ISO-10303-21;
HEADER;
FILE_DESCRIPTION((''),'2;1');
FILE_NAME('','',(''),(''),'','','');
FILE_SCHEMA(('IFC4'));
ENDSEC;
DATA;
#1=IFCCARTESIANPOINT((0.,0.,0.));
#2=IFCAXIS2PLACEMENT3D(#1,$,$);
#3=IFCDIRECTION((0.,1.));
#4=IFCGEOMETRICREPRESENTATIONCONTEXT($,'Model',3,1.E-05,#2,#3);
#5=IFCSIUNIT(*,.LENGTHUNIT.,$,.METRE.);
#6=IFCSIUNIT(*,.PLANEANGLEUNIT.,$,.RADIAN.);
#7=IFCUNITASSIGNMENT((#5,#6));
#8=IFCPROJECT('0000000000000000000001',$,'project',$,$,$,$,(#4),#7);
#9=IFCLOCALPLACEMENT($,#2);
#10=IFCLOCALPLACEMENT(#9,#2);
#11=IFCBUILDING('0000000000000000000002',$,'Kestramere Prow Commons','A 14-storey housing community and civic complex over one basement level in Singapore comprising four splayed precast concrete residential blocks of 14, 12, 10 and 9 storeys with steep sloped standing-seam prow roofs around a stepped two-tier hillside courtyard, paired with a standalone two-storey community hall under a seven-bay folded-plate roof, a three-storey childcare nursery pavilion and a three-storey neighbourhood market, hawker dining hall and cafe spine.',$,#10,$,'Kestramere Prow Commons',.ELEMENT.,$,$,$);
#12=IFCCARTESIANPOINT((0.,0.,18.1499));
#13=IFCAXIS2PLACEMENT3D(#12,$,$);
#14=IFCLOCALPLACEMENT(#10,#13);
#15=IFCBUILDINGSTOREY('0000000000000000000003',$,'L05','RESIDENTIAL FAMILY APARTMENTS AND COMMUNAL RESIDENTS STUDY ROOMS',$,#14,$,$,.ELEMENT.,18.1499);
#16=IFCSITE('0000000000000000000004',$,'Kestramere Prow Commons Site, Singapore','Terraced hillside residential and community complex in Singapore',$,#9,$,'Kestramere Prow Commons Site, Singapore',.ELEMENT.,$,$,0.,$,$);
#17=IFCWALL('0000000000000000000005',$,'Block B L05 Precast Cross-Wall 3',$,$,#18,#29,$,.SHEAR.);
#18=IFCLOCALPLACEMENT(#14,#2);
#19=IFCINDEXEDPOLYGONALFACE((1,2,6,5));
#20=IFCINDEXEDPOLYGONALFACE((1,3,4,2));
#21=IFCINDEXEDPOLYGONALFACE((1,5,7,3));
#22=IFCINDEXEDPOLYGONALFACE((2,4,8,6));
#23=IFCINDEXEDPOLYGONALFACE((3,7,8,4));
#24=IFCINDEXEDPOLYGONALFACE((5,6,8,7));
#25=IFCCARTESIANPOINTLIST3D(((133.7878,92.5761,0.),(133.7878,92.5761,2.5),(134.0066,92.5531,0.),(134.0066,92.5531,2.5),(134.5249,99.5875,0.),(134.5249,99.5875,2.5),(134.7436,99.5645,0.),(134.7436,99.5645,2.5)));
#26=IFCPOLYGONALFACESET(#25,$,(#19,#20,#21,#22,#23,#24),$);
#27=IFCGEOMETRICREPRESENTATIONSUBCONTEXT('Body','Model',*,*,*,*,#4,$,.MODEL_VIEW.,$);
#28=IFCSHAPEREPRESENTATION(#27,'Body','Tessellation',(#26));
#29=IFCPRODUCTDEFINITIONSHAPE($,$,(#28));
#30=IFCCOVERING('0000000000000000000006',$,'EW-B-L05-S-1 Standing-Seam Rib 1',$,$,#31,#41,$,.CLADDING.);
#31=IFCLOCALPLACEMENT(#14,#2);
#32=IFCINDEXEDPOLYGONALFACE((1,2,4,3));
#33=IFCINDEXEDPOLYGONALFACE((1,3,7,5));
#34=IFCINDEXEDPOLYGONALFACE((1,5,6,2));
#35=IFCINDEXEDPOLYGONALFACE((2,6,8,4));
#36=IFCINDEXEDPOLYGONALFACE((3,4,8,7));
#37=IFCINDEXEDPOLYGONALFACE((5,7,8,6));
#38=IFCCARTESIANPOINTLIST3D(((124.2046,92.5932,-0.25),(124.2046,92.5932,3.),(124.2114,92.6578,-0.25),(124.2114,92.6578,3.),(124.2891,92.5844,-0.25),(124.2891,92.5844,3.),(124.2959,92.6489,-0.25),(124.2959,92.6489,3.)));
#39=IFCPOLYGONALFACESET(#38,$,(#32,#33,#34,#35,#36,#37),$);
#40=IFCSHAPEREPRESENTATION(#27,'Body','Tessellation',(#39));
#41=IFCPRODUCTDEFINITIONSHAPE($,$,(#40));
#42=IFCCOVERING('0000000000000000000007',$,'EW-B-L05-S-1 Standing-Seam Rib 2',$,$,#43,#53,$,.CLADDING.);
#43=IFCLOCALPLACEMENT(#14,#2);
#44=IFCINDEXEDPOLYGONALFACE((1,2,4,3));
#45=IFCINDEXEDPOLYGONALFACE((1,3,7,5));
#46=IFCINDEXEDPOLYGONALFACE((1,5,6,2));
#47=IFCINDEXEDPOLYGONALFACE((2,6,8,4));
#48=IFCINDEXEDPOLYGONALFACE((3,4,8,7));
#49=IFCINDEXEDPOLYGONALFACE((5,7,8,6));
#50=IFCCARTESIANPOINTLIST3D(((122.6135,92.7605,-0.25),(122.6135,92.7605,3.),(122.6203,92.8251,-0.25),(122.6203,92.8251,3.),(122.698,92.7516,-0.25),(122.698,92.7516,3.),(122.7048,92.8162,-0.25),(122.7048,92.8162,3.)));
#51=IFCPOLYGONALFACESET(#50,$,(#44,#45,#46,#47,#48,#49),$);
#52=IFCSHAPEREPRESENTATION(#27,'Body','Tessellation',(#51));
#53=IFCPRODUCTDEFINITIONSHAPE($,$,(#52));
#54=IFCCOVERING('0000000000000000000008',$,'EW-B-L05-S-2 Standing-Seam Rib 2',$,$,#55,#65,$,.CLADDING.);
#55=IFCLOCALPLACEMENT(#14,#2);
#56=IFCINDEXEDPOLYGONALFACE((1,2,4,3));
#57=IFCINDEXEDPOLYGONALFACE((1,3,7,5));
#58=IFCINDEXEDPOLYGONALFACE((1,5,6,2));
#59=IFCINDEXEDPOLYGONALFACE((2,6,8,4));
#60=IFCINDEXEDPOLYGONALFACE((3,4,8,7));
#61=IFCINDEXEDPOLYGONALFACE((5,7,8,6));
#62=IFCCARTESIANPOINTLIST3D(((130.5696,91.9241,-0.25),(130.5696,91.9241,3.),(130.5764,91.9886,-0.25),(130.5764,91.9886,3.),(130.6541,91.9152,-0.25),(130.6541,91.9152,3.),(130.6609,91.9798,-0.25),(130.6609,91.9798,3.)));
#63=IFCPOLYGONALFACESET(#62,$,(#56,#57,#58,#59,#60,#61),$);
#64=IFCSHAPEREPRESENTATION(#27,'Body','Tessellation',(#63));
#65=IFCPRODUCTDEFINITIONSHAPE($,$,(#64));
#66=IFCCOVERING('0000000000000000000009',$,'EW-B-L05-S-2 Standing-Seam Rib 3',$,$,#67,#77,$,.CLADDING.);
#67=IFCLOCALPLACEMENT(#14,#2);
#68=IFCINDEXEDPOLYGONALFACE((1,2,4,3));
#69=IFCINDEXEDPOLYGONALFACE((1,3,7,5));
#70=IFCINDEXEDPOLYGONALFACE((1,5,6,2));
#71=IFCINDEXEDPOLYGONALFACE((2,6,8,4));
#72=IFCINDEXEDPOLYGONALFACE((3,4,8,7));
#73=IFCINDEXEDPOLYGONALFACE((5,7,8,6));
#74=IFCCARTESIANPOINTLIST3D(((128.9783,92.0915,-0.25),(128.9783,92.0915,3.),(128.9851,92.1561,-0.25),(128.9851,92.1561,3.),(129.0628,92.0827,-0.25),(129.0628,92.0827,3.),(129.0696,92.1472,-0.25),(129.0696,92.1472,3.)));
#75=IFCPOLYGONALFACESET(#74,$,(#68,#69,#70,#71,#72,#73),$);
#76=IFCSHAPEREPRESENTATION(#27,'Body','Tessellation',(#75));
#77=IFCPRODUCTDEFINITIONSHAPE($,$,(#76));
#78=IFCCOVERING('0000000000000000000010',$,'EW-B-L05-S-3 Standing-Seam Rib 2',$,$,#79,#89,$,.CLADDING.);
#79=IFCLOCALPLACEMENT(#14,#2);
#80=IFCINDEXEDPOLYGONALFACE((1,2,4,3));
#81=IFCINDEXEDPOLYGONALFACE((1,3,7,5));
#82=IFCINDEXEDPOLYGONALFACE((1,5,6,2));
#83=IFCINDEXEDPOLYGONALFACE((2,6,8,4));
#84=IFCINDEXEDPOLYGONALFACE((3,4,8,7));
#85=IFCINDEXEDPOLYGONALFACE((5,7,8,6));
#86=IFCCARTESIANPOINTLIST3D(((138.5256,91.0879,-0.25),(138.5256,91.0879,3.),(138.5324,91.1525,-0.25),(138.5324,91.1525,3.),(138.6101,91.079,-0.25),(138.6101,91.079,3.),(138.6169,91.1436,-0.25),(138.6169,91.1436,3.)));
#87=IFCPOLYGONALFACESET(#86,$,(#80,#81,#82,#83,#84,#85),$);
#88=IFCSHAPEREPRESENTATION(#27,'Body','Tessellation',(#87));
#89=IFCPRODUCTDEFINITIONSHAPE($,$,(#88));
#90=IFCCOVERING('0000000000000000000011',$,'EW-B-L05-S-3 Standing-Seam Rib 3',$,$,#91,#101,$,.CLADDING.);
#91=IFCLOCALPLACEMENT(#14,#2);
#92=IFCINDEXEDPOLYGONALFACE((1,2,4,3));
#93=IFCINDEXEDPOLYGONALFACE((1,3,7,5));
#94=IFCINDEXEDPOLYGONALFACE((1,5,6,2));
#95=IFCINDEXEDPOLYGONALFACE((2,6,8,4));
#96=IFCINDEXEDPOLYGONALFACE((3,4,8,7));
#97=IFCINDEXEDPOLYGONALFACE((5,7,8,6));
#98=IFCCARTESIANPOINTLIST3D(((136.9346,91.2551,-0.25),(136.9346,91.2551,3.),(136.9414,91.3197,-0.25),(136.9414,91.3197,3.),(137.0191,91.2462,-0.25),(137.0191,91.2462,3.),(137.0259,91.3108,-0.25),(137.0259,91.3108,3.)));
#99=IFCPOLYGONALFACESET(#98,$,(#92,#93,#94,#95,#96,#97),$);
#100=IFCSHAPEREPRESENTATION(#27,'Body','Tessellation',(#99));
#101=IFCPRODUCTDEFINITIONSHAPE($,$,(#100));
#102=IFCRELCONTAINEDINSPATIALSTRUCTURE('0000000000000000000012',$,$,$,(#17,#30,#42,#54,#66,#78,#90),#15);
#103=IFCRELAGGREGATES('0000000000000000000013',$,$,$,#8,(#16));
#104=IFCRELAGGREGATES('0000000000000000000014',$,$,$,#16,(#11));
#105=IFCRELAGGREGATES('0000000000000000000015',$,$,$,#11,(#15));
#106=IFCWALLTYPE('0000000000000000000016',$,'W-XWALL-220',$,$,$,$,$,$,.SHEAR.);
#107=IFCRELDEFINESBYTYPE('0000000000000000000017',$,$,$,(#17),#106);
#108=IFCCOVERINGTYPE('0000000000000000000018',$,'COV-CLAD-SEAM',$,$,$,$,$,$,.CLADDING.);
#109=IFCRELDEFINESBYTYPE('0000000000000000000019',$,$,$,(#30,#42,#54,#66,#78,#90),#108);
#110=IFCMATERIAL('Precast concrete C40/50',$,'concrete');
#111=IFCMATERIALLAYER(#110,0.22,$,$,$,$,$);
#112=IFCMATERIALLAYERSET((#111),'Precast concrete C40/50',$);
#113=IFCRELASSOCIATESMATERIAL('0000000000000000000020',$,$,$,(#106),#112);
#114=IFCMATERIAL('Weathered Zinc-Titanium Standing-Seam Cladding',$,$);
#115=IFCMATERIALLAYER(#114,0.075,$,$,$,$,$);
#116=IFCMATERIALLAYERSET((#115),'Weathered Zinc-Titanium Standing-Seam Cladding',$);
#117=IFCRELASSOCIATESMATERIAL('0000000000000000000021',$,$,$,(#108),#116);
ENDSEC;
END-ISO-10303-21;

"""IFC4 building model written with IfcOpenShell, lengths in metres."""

from ifc_helpers import new_model, si_unit, direction, frame, frame_2d, origin, origin_2d, place, context, subcontext, project, spatial, rectangle, extrude, material, layer, layer_set, type_object, element, save


model = new_model("IFC4")

# Units and contexts
model_context = context("Model", 3, precision=1e-05, world=origin(), true_north=direction((0.0, 1.0)))
body_context = subcontext(model_context, "Body", "Model", "MODEL_VIEW")
ifc_project = project(units=[si_unit("LENGTHUNIT", "METRE"), si_unit("PLANEANGLEUNIT", "RADIAN")], contexts=[model_context])

# Site, building, storey
site_placement = place(None, origin())
site = spatial("IfcSite", under=ifc_project, at=site_placement, Name="Kestramere Prow Commons Site, Singapore", Description="Terraced hillside residential and community complex in Singapore", LongName="Kestramere Prow Commons Site, Singapore", CompositionType="ELEMENT", RefElevation=0.0)
building_placement = place(site_placement, origin())
building = spatial("IfcBuilding", under=site, at=building_placement, Name="Kestramere Prow Commons", Description="A 14-storey housing community and civic complex over one basement level in Singapore comprising four splayed precast concrete residential blocks of 14, 12, 10 and 9 storeys with steep sloped standing-seam prow roofs around a stepped two-tier hillside courtyard, paired with a standalone two-storey community hall under a seven-bay folded-plate roof, a three-storey childcare nursery pavilion and a three-storey neighbourhood market, hawker dining hall and cafe spine.", LongName="Kestramere Prow Commons", CompositionType="ELEMENT")
storey_placement = place(building_placement, frame((0.0, 0.0, 18.1499)))
storey = spatial("IfcBuildingStorey", under=building, at=storey_placement, Name="L05", Description="RESIDENTIAL FAMILY APARTMENTS AND COMMUNAL RESIDENTS STUDY ROOMS", CompositionType="ELEMENT", Elevation=18.1499)

# Shared definitions
ifc_material_1 = material(Name="Precast concrete C40/50", Category="concrete")

# Wall
ifc_layer_1 = layer(ifc_material_1, 0.22)
ifc_layer_set_1 = layer_set([ifc_layer_1], Name="Precast concrete C40/50")
wall_type_1 = type_object("IfcWallType", Name="W-XWALL-220", PredefinedType="SHEAR", material=ifc_layer_set_1)
wall_1_placement = place(storey_placement, frame((133.8972, 92.5647, 0.0), z_axis=(0.0, 0.0, 1.0), x_axis=(0.104546, 0.99452, 0.0)))
element("IfcWall", 1, at=wall_1_placement, inside=storey, type_object=wall_type_1, Name="Block B L05 Precast Cross-Wall 3", PredefinedType="SHEAR", context=body_context, shape_type="SweptSolid", body=[
    extrude(rectangle(XDim=7.05, YDim=0.22, at=frame_2d((3.5249, 0.0))), origin(), (0.0, 0.0, 1.0), 2.5),
])

# Coverings
ifc_material_2 = material(Name="Weathered Zinc-Titanium Standing-Seam Cladding")
ifc_layer_2 = layer(ifc_material_2, 0.075)
ifc_layer_set_2 = layer_set([ifc_layer_2], Name="Weathered Zinc-Titanium Standing-Seam Cladding")
covering_type = type_object("IfcCoveringType", Name="COV-CLAD-SEAM", PredefinedType="CLADDING", material=ifc_layer_set_2)
for number, where, z_axis, x_axis, name in (
    (2, (124.2502, 92.6211, -0.25), (0.0, 0.0, 1.0), (-0.994522, 0.104528, 0.0), "EW-B-L05-S-1 Standing-Seam Rib 1"),
    (3, (122.6592, 92.7883, -0.25), (0.0, 0.0, 1.0), (-0.994522, 0.104528, 0.0), "EW-B-L05-S-1 Standing-Seam Rib 2"),
    (4, (130.6152, 91.9519, -0.25), (0.0, 0.0, 1.0), (-0.994522, 0.104528, 0.0), "EW-B-L05-S-2 Standing-Seam Rib 2"),
    (5, (129.0239, 92.1194, -0.25), (0.0, 0.0, 1.0), (-0.994522, 0.104528, 0.0), "EW-B-L05-S-2 Standing-Seam Rib 3"),
    (6, (138.5713, 91.1157, -0.25), (0.0, 0.0, 1.0), (-0.994522, 0.104528, 0.0), "EW-B-L05-S-3 Standing-Seam Rib 2"),
    (7, (136.9802, 91.283, -0.25), (0.0, 0.0, 1.0), (-0.994522, 0.104528, 0.0), "EW-B-L05-S-3 Standing-Seam Rib 3"),
):
    element("IfcCovering", number, at=place(storey_placement, frame(where, z_axis=z_axis, x_axis=x_axis)), inside=storey, type_object=covering_type, Name=name, PredefinedType="CLADDING", context=body_context, shape_type="SweptSolid", body=[
        extrude(rectangle(XDim=0.085, YDim=0.0649, at=origin_2d()), origin(), (0.0, 0.0, 1.0), 3.25),
    ])

save(model, "model.ifc")
